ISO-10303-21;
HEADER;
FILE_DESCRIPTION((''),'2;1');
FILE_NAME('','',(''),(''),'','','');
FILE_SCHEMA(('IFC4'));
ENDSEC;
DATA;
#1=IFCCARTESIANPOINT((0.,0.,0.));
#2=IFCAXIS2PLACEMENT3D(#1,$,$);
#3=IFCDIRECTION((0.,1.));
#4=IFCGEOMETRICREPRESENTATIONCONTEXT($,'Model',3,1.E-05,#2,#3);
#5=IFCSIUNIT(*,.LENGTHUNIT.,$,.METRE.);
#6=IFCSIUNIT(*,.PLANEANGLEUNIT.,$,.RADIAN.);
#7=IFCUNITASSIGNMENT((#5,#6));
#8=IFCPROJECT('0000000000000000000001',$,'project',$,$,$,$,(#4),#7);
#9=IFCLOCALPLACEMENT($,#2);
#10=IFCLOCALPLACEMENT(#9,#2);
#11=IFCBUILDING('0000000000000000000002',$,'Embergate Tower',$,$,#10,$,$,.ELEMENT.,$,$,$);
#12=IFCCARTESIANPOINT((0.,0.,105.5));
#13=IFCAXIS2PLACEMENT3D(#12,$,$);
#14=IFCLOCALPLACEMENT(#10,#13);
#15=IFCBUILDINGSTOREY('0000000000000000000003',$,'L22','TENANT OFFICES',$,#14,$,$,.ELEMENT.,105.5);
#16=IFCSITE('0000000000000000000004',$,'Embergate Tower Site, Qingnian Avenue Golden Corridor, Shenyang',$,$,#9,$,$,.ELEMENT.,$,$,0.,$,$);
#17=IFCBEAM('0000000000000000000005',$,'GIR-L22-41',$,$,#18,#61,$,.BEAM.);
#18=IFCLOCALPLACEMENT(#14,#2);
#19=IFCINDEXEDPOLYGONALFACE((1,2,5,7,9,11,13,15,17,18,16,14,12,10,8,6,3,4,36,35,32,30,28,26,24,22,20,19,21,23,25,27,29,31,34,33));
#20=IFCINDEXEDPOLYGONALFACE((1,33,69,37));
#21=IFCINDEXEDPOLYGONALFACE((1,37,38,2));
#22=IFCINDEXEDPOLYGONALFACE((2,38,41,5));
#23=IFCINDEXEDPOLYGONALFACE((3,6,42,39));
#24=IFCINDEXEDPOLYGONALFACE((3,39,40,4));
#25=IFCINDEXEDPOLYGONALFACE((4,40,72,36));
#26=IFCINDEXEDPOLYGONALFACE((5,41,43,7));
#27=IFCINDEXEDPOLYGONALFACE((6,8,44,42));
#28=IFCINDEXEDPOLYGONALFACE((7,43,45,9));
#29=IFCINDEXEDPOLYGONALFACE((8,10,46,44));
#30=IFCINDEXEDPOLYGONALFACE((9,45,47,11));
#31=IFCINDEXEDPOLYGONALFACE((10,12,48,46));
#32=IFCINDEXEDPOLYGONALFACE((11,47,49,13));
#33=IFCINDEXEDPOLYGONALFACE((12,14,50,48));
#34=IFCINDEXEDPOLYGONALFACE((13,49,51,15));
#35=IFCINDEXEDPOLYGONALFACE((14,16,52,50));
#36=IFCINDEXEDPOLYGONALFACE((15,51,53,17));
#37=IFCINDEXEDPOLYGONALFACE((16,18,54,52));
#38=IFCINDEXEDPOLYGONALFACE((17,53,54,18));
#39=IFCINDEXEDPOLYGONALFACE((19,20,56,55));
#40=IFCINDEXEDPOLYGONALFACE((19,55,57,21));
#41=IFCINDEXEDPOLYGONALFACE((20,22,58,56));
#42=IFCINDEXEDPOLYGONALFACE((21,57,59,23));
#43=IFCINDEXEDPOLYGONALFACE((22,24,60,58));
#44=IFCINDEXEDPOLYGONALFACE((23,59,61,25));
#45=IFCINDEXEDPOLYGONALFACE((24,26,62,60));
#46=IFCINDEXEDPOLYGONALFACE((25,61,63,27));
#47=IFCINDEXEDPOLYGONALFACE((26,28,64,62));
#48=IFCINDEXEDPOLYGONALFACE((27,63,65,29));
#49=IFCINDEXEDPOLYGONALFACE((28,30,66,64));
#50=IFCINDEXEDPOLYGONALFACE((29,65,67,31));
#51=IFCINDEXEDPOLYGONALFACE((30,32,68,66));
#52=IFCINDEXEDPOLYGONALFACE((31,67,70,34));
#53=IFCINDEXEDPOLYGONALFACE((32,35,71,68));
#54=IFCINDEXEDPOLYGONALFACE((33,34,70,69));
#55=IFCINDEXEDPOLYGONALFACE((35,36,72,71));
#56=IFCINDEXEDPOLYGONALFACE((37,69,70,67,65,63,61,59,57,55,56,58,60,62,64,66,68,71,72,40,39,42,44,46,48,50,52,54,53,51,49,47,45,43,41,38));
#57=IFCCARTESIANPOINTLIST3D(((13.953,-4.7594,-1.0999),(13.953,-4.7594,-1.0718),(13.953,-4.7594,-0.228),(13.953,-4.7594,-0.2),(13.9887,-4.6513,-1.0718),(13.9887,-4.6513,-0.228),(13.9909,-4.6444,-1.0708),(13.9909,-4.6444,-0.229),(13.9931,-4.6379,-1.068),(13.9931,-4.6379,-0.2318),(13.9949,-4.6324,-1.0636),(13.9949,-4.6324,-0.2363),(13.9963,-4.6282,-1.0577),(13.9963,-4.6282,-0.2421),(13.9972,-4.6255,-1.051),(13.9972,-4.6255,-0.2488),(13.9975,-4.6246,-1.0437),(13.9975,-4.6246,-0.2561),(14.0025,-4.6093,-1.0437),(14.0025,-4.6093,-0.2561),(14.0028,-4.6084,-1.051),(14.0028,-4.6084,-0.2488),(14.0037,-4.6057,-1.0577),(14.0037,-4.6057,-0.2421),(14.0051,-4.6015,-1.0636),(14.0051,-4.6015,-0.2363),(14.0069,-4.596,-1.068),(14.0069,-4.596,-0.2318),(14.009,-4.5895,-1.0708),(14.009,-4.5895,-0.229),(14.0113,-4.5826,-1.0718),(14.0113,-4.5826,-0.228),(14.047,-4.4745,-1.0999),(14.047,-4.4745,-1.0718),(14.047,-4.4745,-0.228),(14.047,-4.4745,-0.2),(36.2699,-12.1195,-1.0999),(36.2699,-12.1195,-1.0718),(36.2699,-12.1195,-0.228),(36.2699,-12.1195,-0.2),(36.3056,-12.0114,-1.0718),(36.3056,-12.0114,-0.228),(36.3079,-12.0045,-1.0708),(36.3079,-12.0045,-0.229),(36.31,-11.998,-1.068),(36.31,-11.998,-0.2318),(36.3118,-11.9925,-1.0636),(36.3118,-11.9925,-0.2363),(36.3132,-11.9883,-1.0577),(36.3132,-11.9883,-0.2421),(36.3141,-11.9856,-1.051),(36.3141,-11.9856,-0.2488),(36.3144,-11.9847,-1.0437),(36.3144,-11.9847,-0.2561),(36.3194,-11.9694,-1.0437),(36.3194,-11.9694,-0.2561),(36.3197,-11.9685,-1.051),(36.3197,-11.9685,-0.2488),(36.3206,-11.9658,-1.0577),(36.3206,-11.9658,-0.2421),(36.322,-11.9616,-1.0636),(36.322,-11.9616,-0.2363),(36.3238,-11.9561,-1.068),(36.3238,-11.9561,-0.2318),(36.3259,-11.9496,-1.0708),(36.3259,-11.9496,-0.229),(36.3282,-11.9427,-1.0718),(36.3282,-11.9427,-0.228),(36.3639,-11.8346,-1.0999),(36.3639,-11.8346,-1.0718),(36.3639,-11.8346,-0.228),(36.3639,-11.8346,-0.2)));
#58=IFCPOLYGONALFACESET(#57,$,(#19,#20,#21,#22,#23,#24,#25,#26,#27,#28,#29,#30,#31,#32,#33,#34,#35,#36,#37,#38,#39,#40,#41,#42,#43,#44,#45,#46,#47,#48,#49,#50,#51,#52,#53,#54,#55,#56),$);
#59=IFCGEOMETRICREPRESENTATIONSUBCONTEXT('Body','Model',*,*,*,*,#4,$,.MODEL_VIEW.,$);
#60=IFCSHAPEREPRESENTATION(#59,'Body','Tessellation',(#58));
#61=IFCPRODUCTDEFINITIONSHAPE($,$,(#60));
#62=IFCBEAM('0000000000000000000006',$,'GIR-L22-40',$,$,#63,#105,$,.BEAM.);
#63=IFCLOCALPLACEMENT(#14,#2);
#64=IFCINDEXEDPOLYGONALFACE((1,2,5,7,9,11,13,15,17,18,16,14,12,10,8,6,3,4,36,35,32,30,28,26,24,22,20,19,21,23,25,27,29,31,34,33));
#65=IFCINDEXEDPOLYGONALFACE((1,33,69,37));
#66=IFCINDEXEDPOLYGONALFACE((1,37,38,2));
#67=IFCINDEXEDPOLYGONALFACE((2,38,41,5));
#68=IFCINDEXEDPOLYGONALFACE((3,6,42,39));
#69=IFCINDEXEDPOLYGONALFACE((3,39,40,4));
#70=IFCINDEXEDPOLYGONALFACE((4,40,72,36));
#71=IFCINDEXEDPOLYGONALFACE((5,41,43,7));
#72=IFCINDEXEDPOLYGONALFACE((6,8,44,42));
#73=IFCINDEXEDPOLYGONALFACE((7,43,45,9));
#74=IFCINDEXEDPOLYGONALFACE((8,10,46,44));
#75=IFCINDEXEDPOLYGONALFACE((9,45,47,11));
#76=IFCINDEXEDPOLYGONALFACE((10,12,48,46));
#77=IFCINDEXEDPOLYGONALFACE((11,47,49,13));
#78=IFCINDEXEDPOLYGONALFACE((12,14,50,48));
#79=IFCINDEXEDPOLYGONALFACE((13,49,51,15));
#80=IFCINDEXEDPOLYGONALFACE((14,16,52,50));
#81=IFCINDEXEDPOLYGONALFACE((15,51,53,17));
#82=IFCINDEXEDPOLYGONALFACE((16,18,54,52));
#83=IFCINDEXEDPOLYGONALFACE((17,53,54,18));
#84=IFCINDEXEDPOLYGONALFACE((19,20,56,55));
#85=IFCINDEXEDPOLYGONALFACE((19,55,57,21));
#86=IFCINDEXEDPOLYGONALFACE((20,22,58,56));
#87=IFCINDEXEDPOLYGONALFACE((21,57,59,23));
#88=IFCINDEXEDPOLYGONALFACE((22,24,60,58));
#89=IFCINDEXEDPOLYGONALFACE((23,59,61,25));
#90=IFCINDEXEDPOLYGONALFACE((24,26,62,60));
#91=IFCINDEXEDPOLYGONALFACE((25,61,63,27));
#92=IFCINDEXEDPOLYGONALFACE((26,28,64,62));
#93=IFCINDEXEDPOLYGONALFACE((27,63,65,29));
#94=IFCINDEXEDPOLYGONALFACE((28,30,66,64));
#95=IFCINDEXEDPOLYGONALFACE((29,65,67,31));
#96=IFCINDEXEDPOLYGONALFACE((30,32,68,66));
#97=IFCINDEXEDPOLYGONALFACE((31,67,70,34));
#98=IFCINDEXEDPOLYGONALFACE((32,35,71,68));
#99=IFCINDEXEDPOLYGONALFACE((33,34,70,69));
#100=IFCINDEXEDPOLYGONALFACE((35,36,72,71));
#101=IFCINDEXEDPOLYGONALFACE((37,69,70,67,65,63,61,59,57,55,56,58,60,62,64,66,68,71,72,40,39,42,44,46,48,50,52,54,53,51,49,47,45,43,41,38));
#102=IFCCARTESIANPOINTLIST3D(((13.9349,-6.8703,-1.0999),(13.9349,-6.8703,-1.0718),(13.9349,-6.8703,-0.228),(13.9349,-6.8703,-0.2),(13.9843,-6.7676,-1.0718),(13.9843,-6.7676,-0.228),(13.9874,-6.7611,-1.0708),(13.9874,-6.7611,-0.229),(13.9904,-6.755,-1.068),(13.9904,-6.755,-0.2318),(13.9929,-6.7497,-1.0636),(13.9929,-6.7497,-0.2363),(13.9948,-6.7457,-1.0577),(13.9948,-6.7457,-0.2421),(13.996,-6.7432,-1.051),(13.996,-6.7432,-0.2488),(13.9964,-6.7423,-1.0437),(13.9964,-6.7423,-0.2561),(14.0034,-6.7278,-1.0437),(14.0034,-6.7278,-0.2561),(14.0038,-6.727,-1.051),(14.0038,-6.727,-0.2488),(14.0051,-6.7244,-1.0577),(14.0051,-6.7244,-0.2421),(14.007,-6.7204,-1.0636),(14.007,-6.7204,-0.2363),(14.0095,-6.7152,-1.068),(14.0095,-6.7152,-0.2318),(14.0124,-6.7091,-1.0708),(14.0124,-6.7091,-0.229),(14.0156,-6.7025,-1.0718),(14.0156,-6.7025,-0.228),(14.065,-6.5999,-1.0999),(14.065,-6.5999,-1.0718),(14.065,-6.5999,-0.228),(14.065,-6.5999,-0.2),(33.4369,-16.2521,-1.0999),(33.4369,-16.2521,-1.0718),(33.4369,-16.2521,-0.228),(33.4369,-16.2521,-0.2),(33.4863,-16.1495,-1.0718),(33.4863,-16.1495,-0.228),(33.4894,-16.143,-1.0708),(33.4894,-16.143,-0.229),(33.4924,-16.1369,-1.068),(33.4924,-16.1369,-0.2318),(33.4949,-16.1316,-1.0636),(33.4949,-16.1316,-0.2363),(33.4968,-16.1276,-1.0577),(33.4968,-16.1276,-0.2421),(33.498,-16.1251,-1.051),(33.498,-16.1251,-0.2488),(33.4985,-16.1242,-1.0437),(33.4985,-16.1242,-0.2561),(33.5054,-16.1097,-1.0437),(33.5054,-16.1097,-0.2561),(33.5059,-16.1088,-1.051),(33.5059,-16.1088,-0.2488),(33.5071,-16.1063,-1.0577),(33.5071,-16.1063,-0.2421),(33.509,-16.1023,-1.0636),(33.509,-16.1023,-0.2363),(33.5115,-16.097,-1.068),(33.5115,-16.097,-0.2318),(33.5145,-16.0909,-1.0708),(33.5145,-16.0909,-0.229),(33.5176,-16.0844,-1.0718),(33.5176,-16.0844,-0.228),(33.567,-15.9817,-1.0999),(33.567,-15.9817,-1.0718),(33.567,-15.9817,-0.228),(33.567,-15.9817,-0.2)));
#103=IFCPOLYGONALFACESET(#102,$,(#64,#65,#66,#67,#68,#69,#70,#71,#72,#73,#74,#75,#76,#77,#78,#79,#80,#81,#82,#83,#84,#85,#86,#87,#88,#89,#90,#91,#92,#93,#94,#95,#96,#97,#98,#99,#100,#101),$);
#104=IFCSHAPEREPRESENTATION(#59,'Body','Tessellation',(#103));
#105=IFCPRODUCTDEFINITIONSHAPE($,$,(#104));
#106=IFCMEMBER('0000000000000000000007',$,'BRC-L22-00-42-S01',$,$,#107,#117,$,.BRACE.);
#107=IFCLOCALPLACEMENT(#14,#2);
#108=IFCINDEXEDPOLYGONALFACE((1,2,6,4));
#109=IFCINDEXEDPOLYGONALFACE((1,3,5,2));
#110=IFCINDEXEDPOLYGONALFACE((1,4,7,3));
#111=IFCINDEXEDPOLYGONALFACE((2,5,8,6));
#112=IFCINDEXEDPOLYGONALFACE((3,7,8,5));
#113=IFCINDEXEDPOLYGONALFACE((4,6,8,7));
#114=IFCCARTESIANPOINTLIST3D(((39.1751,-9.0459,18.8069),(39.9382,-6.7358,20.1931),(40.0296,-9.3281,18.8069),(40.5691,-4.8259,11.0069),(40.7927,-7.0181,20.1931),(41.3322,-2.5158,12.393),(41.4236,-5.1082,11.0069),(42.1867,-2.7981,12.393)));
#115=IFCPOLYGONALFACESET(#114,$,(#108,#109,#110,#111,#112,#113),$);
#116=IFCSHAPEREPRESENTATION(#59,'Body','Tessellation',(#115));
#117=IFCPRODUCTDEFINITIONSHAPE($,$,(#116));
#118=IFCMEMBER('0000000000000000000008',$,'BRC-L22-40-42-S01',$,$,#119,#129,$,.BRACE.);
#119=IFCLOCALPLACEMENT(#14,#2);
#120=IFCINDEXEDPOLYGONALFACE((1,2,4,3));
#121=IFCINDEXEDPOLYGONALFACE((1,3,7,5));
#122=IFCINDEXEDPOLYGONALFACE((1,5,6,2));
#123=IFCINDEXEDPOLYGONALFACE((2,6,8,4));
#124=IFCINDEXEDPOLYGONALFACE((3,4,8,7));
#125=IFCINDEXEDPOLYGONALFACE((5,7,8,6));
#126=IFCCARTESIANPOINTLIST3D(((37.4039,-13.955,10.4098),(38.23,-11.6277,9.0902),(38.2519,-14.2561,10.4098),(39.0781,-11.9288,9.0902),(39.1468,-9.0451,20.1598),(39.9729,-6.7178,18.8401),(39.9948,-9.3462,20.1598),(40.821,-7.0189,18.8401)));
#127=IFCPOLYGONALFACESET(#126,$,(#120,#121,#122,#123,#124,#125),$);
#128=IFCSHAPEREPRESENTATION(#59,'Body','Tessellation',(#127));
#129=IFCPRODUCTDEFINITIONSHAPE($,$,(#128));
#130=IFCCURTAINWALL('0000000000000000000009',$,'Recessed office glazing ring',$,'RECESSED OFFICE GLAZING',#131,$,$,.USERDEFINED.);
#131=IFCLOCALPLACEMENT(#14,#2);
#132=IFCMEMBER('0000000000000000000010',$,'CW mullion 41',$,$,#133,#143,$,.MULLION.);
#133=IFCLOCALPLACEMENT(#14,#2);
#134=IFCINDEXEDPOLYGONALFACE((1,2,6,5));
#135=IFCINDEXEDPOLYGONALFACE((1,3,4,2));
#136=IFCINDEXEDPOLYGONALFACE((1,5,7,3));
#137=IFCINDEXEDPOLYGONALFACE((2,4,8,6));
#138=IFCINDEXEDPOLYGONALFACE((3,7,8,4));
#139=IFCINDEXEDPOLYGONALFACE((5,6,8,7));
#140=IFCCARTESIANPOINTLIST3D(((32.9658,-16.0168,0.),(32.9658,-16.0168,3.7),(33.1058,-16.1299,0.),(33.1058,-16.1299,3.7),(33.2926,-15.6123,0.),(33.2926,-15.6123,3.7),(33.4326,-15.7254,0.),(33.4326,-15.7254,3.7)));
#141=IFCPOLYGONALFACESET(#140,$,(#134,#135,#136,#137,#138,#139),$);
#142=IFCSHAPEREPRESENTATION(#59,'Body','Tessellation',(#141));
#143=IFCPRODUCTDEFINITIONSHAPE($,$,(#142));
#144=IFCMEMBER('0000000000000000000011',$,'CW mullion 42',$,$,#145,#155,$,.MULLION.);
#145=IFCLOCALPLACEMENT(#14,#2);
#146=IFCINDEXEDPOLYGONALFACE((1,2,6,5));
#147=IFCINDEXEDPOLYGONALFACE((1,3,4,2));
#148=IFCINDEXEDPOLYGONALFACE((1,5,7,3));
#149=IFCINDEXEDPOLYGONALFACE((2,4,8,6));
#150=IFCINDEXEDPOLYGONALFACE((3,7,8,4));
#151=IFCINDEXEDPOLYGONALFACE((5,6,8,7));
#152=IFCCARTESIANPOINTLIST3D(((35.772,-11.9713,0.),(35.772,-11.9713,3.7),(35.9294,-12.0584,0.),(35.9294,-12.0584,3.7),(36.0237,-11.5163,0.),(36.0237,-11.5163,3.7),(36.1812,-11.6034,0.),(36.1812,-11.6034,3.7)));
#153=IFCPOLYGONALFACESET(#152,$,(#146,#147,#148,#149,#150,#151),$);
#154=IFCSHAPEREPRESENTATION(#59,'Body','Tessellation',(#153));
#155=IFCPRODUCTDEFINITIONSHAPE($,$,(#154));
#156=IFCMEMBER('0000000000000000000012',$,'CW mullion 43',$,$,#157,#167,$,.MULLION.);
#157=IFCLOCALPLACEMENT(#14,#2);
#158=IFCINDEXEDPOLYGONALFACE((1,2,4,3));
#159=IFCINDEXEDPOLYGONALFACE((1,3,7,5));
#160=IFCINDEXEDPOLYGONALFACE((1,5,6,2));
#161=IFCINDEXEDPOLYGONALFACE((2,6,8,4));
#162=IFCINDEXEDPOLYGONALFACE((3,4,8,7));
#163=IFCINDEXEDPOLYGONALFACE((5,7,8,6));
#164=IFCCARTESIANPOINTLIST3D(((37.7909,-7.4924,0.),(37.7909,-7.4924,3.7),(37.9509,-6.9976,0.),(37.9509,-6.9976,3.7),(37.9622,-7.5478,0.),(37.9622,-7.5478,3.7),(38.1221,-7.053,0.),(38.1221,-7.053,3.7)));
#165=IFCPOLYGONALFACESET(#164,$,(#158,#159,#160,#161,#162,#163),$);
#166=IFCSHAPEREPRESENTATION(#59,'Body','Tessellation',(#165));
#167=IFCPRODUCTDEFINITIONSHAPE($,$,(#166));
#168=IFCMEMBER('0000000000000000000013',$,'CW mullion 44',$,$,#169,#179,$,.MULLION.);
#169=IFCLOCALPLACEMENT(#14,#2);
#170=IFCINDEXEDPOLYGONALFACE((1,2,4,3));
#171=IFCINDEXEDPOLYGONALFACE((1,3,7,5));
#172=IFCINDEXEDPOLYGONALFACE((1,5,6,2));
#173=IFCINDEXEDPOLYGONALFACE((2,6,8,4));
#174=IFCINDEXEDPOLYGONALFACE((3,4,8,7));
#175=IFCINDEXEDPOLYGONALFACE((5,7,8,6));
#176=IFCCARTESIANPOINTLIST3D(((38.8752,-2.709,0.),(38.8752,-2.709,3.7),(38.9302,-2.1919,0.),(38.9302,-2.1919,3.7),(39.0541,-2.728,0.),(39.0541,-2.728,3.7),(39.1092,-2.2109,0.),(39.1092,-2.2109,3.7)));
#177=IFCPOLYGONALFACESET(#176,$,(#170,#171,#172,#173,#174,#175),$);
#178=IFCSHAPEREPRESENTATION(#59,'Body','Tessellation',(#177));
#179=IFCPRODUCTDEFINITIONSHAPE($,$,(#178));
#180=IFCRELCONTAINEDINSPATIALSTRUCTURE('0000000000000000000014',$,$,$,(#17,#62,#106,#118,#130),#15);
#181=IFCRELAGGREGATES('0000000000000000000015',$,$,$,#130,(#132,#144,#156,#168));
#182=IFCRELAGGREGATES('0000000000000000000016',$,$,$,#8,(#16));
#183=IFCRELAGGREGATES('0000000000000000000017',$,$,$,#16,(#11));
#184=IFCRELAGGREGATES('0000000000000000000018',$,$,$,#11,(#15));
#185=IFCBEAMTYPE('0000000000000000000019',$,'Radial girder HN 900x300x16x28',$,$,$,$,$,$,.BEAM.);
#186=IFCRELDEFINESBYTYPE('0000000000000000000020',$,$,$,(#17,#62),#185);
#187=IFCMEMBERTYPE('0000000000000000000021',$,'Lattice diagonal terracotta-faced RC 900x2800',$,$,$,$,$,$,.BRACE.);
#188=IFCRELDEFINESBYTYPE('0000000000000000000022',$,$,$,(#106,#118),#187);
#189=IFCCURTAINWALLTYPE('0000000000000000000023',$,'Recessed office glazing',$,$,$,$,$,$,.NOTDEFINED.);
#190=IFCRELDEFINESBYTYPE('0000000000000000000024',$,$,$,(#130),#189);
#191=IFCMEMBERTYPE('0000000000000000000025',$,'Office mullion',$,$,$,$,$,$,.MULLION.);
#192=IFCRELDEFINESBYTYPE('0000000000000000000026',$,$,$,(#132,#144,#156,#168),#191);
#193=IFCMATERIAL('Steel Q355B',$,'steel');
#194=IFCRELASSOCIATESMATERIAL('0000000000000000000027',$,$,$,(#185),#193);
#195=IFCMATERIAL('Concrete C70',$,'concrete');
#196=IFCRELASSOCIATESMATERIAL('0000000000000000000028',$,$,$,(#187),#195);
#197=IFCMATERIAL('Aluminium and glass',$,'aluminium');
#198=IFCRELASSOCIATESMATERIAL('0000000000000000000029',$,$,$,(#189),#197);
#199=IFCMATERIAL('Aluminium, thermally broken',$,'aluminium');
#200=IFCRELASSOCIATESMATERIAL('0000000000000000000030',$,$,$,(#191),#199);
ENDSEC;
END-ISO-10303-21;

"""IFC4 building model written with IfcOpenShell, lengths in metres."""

from ifc_helpers import new_model, si_unit, direction, frame, origin, origin_2d, place, context, subcontext, project, spatial, rectangle, i_section, extrude, source, transform, mapped, material, material_profile, profile_set, type_object, element, aggregate, save


model = new_model("IFC4")

# Units and contexts
model_context = context("Model", 3, precision=1e-05, world=origin(), true_north=direction((0.0, 1.0)))
body_context = subcontext(model_context, "Body", "Model", "MODEL_VIEW")
ifc_project = project(units=[si_unit("LENGTHUNIT", "METRE"), si_unit("PLANEANGLEUNIT", "RADIAN")], contexts=[model_context])

# Site, building, storey
site_placement = place(None, origin())
site = spatial("IfcSite", under=ifc_project, at=site_placement, Name="Embergate Tower Site, Qingnian Avenue Golden Corridor, Shenyang", CompositionType="ELEMENT", RefElevation=0.0)
building_placement = place(site_placement, origin())
building = spatial("IfcBuilding", under=site, at=building_placement, Name="Embergate Tower", CompositionType="ELEMENT")
storey_placement = place(building_placement, frame((0.0, 0.0, 105.5)))
storey = spatial("IfcBuildingStorey", under=building, at=storey_placement, Name="L22", Description="TENANT OFFICES", CompositionType="ELEMENT", Elevation=105.5)

# Shared definitions
ifc_material_1 = material(Name="Concrete C70", Category="concrete")

# Beams
ifc_material_2 = material(Name="Steel Q355B", Category="steel")
ifc_material_profile_1 = material_profile(ifc_material_2, i_section(OverallWidth=0.3, OverallDepth=0.8999, WebThickness=0.0161, FlangeThickness=0.0281, FilletRadius=0.0281, at=origin_2d()), Name="HN 900x300x16x28")
ifc_profile_set_1 = profile_set([ifc_material_profile_1], Name="Steel Q355 grade B")
beam_type_1 = type_object("IfcBeamType", Name="Radial girder HN 900x300x16x28", PredefinedType="BEAM", material=ifc_profile_set_1)
shared_shape_1 = source(origin(), body_context, "Body", "SweptSolid", [
    extrude(i_section(OverallWidth=0.3, OverallDepth=0.8999, WebThickness=0.0161, FlangeThickness=0.0281, FilletRadius=0.0281, at=origin_2d()), origin(), (0.0, 0.0, 1.0), 23.4993),
])
beam_1_placement = place(storey_placement, frame((36.3169, -11.9771, -0.6499), z_axis=(-0.949685, 0.313206, 0.0), x_axis=(-0.313206, -0.949685, 0.0)))
element("IfcBeam", 1, at=beam_1_placement, inside=storey, type_object=beam_type_1, Name="GIR-L22-41", PredefinedType="BEAM", context=body_context, shape_type="MappedRepresentation", body=[
    mapped(shared_shape_1, transform((0.0, 0.0, 0.0))),
])
shared_shape_2 = source(origin(), body_context, "Body", "SweptSolid", [
    extrude(i_section(OverallWidth=0.3, OverallDepth=0.8999, WebThickness=0.0161, FlangeThickness=0.0281, FilletRadius=0.0281, at=origin_2d()), origin(), (0.0, 0.0, 1.0), 21.6414),
])
beam_2_placement = place(storey_placement, frame((33.502, -16.1169, -0.6499), z_axis=(-0.901146, 0.433516, 0.0), x_axis=(-0.433516, -0.901146, 0.0)))
element("IfcBeam", 2, at=beam_2_placement, inside=storey, type_object=beam_type_1, Name="GIR-L22-40", PredefinedType="BEAM", context=body_context, shape_type="MappedRepresentation", body=[
    mapped(shared_shape_2, transform((0.0, 0.0, 0.0))),
])

# Members
ifc_material_profile_2 = material_profile(ifc_material_1, rectangle(XDim=0.8999, YDim=2.8, at=origin_2d()), Name="RC 900x2800")
ifc_profile_set_2 = profile_set([ifc_material_profile_2], Name="Concrete C70")
member_type_1 = type_object("IfcMemberType", Name="Lattice diagonal terracotta-faced RC 900x2800", PredefinedType="BRACE", material=ifc_profile_set_2)
shared_shape_3 = source(origin(), body_context, "Body", "SweptSolid", [
    extrude(rectangle(XDim=0.8999, YDim=2.8, at=origin_2d()), origin(), (0.0, 0.0, 1.0), 8.9773),
])
member_1_placement = place(storey_placement, frame((41.3779, -3.812, 11.7), z_axis=(-0.155285, -0.47007, 0.868862), x_axis=(0.949531, -0.313672, 0.0)))
element("IfcMember", 3, at=member_1_placement, inside=storey, type_object=member_type_1, Name="BRC-L22-00-42-S01", PredefinedType="BRACE", context=body_context, shape_type="MappedRepresentation", body=[
    mapped(shared_shape_3, transform((0.0, 0.0, 0.0))),
])
shared_shape_4 = source(origin(), body_context, "Body", "SweptSolid", [
    extrude(rectangle(XDim=0.8999, YDim=2.8, at=origin_2d()), origin(), (0.0, 0.0, 1.0), 11.0547),
])
member_2_placement = place(storey_placement, frame((38.241, -12.9419, 9.75), z_axis=(0.157663, 0.444145, 0.881974), x_axis=(-0.942386, 0.334528, 0.0)))
element("IfcMember", 4, at=member_2_placement, inside=storey, type_object=member_type_1, Name="BRC-L22-40-42-S01", PredefinedType="BRACE", context=body_context, shape_type="MappedRepresentation", body=[
    mapped(shared_shape_4, transform((0.0, 0.0, 0.0))),
])

# Curtain wall, members
ifc_material_3 = material(Name="Aluminium and glass", Category="aluminium")
curtain_wall_type = type_object("IfcCurtainWallType", Name="Recessed office glazing", PredefinedType="NOTDEFINED", material=ifc_material_3)
curtain_wall_placement = place(storey_placement, origin())
curtain_wall = element("IfcCurtainWall", 5, at=curtain_wall_placement, inside=storey, type_object=curtain_wall_type, Name="Recessed office glazing ring", ObjectType="RECESSED OFFICE GLAZING", PredefinedType="USERDEFINED")
ifc_material_4 = material(Name="Aluminium, thermally broken", Category="aluminium")
ifc_material_profile_3 = material_profile(ifc_material_4, rectangle(XDim=0.1799, YDim=0.52, at=origin_2d()), Name="AL 520x180")
ifc_profile_set_3 = profile_set([ifc_material_profile_3], Name="Aluminium, thermally broken")
member_type_2 = type_object("IfcMemberType", Name="Office mullion", PredefinedType="MULLION", material=ifc_profile_set_3)
shared_shape_5 = source(origin(), body_context, "Body", "SweptSolid", [
    extrude(rectangle(XDim=0.1799, YDim=0.52, at=origin_2d()), origin(), (0.0, 0.0, 1.0), 3.7),
])
member_3_placement = place(storey_placement, frame((33.1992, -15.8711, 0.0), z_axis=(0.0, 0.0, 1.0), x_axis=(-0.777884, 0.628408, 0.0)))
member_3 = element("IfcMember", 6, at=member_3_placement, type_object=member_type_2, Name="CW mullion 41", PredefinedType="MULLION", context=body_context, shape_type="MappedRepresentation", body=[
    mapped(shared_shape_5, transform((0.0, 0.0, 0.0))),
])
member_4_placement = place(storey_placement, frame((35.9766, -11.7874, 0.0), z_axis=(0.0, 0.0, 1.0), x_axis=(-0.87501, 0.484106, 0.0)))
member_4 = element("IfcMember", 7, at=member_4_placement, type_object=member_type_2, Name="CW mullion 42", PredefinedType="MULLION", context=body_context, shape_type="MappedRepresentation", body=[
    mapped(shared_shape_5, transform((0.0, 0.0, 0.0))),
])
member_5_placement = place(storey_placement, frame((37.9565, -7.2727, 0.0), z_axis=(0.0, 0.0, 1.0), x_axis=(-0.951502, 0.307644, 0.0)))
member_5 = element("IfcMember", 8, at=member_5_placement, type_object=member_type_2, Name="CW mullion 43", PredefinedType="MULLION", context=body_context, shape_type="MappedRepresentation", body=[
    mapped(shared_shape_5, transform((0.0, 0.0, 0.0))),
])
member_6_placement = place(storey_placement, frame((38.9922, -2.46, 0.0), z_axis=(0.0, 0.0, 1.0), x_axis=(-0.994385, 0.10582, 0.0)))
member_6 = element("IfcMember", 9, at=member_6_placement, type_object=member_type_2, Name="CW mullion 44", PredefinedType="MULLION", context=body_context, shape_type="MappedRepresentation", body=[
    mapped(shared_shape_5, transform((0.0, 0.0, 0.0))),
])
aggregate(curtain_wall, [member_3, member_4, member_5, member_6])

save(model, "model.ifc")
